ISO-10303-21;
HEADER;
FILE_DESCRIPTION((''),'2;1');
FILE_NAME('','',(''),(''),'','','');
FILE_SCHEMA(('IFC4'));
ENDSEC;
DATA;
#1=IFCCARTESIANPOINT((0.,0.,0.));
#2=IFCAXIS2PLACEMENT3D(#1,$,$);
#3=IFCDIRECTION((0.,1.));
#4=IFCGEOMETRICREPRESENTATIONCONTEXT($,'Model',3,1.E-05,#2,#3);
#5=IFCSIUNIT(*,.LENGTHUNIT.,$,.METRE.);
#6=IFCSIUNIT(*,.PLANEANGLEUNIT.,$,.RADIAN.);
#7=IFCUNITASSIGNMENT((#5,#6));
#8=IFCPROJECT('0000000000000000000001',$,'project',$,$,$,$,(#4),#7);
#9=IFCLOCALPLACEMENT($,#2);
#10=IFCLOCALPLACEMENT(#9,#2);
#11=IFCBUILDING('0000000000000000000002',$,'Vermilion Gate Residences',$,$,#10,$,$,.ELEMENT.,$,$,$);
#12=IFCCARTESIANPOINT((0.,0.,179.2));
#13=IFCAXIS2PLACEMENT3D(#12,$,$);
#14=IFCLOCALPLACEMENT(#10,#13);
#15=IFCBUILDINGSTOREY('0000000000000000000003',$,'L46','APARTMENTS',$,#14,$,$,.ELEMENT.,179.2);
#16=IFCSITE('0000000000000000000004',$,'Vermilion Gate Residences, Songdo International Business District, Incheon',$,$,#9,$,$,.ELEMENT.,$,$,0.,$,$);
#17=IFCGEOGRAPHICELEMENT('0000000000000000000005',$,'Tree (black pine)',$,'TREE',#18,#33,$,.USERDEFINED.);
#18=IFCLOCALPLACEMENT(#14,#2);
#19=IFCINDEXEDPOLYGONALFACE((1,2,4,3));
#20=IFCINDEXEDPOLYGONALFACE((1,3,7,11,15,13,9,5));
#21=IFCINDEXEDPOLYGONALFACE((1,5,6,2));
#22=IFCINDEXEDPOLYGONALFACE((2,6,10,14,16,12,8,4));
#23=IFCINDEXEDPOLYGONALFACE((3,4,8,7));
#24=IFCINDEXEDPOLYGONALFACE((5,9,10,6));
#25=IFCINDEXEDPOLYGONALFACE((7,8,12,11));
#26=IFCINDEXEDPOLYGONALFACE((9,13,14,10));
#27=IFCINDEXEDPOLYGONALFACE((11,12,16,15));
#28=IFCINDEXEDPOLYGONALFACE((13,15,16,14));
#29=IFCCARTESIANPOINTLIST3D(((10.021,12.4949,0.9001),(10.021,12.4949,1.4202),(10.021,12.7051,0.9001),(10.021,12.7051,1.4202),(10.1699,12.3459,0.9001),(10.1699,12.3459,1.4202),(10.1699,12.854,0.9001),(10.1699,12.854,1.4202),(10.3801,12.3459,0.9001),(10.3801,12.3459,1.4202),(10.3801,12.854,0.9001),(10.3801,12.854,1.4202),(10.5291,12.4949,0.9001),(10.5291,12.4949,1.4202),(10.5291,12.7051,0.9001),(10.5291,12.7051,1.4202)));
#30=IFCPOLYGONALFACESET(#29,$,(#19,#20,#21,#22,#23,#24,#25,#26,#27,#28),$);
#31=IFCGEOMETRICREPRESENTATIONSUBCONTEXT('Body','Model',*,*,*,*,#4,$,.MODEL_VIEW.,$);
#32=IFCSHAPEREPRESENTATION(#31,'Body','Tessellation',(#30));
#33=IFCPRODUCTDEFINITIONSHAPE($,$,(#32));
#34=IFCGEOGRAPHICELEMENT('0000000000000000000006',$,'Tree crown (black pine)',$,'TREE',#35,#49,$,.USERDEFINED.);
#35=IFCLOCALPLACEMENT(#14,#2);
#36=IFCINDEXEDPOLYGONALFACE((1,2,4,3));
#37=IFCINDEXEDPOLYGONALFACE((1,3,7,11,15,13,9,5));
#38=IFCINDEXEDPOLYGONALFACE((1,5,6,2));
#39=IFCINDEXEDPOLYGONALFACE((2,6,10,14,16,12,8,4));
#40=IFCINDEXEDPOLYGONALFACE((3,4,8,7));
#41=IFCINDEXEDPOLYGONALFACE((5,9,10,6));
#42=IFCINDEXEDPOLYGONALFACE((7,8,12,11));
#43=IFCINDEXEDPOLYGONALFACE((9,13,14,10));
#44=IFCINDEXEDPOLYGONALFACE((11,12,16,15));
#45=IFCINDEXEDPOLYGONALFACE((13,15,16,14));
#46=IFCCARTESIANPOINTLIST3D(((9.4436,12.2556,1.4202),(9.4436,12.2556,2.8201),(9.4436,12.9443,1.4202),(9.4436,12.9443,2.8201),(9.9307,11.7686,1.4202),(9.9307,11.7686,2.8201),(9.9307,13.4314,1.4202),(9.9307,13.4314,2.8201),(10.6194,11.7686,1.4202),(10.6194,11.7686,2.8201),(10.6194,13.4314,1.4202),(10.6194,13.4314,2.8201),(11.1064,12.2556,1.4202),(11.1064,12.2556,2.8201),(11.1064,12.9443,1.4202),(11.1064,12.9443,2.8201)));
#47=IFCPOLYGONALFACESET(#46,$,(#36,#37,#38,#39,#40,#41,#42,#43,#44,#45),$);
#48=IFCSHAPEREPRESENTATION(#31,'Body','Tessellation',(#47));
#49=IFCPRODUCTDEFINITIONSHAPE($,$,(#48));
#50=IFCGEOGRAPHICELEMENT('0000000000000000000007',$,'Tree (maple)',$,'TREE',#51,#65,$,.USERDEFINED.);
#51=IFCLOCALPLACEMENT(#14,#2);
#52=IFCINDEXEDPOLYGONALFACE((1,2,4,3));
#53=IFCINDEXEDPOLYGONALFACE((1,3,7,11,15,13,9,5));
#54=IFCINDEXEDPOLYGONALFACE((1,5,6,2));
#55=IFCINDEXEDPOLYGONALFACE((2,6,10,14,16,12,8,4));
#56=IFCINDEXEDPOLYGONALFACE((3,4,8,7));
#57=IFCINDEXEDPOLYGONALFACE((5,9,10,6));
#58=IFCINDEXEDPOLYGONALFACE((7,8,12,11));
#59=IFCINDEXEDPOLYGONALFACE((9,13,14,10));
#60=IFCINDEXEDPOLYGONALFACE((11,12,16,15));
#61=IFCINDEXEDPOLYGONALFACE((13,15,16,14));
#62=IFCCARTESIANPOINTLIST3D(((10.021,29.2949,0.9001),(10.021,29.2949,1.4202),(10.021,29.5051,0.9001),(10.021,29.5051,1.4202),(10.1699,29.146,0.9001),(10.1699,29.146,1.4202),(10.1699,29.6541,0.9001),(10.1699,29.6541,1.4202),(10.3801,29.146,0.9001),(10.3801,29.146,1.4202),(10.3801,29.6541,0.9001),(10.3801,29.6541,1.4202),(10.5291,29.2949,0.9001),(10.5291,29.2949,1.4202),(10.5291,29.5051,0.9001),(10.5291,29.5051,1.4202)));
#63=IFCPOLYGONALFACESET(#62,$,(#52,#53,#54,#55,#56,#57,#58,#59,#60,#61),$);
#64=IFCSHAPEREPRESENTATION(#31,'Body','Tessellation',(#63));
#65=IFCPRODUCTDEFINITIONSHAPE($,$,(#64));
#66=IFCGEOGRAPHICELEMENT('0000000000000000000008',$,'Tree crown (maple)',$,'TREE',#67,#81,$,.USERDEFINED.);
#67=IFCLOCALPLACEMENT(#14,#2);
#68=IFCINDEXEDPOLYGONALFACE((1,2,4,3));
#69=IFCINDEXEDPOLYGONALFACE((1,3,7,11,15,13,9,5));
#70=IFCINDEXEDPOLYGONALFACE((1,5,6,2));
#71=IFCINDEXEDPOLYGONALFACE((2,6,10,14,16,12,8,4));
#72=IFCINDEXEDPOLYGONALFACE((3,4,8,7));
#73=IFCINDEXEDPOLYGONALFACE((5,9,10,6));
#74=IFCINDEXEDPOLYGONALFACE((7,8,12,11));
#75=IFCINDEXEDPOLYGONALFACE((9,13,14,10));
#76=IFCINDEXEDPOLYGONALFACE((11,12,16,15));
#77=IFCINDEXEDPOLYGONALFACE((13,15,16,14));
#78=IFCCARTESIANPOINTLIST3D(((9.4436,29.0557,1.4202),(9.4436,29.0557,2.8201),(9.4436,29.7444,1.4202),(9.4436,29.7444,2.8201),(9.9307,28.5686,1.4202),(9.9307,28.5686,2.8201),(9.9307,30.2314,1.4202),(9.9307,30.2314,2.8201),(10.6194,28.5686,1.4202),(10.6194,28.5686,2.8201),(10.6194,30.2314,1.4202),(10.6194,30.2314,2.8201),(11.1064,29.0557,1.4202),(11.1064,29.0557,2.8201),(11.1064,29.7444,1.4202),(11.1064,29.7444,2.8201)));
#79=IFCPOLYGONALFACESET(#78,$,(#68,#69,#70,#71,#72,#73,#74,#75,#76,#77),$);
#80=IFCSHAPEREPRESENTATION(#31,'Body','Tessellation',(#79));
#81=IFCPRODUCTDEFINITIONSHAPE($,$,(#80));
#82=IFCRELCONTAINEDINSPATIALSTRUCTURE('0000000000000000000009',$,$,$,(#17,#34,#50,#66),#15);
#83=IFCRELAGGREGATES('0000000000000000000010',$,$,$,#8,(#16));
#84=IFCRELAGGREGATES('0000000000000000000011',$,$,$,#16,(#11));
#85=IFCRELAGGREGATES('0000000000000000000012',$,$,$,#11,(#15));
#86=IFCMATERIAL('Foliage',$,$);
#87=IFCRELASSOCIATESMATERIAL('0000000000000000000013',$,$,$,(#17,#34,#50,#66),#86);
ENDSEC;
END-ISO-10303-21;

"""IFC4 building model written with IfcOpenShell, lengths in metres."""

from ifc_helpers import new_model, si_unit, direction, frame, origin, place, context, subcontext, project, spatial, polyline, outline, extrude, material, element, save


model = new_model("IFC4")

# Units and contexts
model_context = context("Model", 3, precision=1e-05, world=origin(), true_north=direction((0.0, 1.0)))
body_context = subcontext(model_context, "Body", "Model", "MODEL_VIEW")
ifc_project = project(units=[si_unit("LENGTHUNIT", "METRE"), si_unit("PLANEANGLEUNIT", "RADIAN")], contexts=[model_context])

# Site, building, storey
site_placement = place(None, origin())
site = spatial("IfcSite", under=ifc_project, at=site_placement, Name="Vermilion Gate Residences, Songdo International Business District, Incheon", CompositionType="ELEMENT", RefElevation=0.0)
building_placement = place(site_placement, origin())
building = spatial("IfcBuilding", under=site, at=building_placement, Name="Vermilion Gate Residences", CompositionType="ELEMENT")
storey_placement = place(building_placement, frame((0.0, 0.0, 179.2)))
storey = spatial("IfcBuildingStorey", under=building, at=storey_placement, Name="L46", Description="APARTMENTS", CompositionType="ELEMENT", Elevation=179.2)

# Geographic elements
ifc_material_1 = material(Name="Foliage")
geographic_element_1_placement = place(storey_placement, frame((0.0, 0.0, 0.9001)))
element("IfcGeographicElement", 1, at=geographic_element_1_placement, inside=storey, material=ifc_material_1, Name="Tree (black pine)", ObjectType="TREE", PredefinedType="USERDEFINED", context=body_context, shape_type="SweptSolid", body=[
    extrude(outline(polyline([(10.5291, 12.7051), (10.3801, 12.854), (10.1699, 12.854), (10.021, 12.7051), (10.021, 12.4949), (10.1699, 12.3459), (10.3801, 12.3459), (10.5291, 12.4949), (10.5291, 12.7051)])), origin(), (0.0, 0.0, 1.0), 0.52),
])
geographic_element_2_placement = place(storey_placement, frame((0.0, 0.0, 1.4202)))
element("IfcGeographicElement", 2, at=geographic_element_2_placement, inside=storey, material=ifc_material_1, Name="Tree crown (black pine)", ObjectType="TREE", PredefinedType="USERDEFINED", context=body_context, shape_type="SweptSolid", body=[
    extrude(outline(polyline([(11.1064, 12.9443), (10.6194, 13.4314), (9.9307, 13.4314), (9.4436, 12.9443), (9.4436, 12.2556), (9.9307, 11.7686), (10.6194, 11.7686), (11.1064, 12.2556), (11.1064, 12.9443)])), origin(), (0.0, 0.0, 1.0), 1.3999),
])
geographic_element_3_placement = place(storey_placement, frame((0.0, 0.0, 0.9001)))
element("IfcGeographicElement", 3, at=geographic_element_3_placement, inside=storey, material=ifc_material_1, Name="Tree (maple)", ObjectType="TREE", PredefinedType="USERDEFINED", context=body_context, shape_type="SweptSolid", body=[
    extrude(outline(polyline([(10.5291, 29.5051), (10.3801, 29.6541), (10.1699, 29.6541), (10.021, 29.5051), (10.021, 29.2949), (10.1699, 29.146), (10.3801, 29.146), (10.5291, 29.2949), (10.5291, 29.5051)])), origin(), (0.0, 0.0, 1.0), 0.52),
])
geographic_element_4_placement = place(storey_placement, frame((0.0, 0.0, 1.4202)))
element("IfcGeographicElement", 4, at=geographic_element_4_placement, inside=storey, material=ifc_material_1, Name="Tree crown (maple)", ObjectType="TREE", PredefinedType="USERDEFINED", context=body_context, shape_type="SweptSolid", body=[
    extrude(outline(polyline([(11.1064, 29.7444), (10.6194, 30.2314), (9.9307, 30.2314), (9.4436, 29.7444), (9.4436, 29.0557), (9.9307, 28.5686), (10.6194, 28.5686), (11.1064, 29.0557), (11.1064, 29.7444)])), origin(), (0.0, 0.0, 1.0), 1.3999),
])

save(model, "model.ifc")
